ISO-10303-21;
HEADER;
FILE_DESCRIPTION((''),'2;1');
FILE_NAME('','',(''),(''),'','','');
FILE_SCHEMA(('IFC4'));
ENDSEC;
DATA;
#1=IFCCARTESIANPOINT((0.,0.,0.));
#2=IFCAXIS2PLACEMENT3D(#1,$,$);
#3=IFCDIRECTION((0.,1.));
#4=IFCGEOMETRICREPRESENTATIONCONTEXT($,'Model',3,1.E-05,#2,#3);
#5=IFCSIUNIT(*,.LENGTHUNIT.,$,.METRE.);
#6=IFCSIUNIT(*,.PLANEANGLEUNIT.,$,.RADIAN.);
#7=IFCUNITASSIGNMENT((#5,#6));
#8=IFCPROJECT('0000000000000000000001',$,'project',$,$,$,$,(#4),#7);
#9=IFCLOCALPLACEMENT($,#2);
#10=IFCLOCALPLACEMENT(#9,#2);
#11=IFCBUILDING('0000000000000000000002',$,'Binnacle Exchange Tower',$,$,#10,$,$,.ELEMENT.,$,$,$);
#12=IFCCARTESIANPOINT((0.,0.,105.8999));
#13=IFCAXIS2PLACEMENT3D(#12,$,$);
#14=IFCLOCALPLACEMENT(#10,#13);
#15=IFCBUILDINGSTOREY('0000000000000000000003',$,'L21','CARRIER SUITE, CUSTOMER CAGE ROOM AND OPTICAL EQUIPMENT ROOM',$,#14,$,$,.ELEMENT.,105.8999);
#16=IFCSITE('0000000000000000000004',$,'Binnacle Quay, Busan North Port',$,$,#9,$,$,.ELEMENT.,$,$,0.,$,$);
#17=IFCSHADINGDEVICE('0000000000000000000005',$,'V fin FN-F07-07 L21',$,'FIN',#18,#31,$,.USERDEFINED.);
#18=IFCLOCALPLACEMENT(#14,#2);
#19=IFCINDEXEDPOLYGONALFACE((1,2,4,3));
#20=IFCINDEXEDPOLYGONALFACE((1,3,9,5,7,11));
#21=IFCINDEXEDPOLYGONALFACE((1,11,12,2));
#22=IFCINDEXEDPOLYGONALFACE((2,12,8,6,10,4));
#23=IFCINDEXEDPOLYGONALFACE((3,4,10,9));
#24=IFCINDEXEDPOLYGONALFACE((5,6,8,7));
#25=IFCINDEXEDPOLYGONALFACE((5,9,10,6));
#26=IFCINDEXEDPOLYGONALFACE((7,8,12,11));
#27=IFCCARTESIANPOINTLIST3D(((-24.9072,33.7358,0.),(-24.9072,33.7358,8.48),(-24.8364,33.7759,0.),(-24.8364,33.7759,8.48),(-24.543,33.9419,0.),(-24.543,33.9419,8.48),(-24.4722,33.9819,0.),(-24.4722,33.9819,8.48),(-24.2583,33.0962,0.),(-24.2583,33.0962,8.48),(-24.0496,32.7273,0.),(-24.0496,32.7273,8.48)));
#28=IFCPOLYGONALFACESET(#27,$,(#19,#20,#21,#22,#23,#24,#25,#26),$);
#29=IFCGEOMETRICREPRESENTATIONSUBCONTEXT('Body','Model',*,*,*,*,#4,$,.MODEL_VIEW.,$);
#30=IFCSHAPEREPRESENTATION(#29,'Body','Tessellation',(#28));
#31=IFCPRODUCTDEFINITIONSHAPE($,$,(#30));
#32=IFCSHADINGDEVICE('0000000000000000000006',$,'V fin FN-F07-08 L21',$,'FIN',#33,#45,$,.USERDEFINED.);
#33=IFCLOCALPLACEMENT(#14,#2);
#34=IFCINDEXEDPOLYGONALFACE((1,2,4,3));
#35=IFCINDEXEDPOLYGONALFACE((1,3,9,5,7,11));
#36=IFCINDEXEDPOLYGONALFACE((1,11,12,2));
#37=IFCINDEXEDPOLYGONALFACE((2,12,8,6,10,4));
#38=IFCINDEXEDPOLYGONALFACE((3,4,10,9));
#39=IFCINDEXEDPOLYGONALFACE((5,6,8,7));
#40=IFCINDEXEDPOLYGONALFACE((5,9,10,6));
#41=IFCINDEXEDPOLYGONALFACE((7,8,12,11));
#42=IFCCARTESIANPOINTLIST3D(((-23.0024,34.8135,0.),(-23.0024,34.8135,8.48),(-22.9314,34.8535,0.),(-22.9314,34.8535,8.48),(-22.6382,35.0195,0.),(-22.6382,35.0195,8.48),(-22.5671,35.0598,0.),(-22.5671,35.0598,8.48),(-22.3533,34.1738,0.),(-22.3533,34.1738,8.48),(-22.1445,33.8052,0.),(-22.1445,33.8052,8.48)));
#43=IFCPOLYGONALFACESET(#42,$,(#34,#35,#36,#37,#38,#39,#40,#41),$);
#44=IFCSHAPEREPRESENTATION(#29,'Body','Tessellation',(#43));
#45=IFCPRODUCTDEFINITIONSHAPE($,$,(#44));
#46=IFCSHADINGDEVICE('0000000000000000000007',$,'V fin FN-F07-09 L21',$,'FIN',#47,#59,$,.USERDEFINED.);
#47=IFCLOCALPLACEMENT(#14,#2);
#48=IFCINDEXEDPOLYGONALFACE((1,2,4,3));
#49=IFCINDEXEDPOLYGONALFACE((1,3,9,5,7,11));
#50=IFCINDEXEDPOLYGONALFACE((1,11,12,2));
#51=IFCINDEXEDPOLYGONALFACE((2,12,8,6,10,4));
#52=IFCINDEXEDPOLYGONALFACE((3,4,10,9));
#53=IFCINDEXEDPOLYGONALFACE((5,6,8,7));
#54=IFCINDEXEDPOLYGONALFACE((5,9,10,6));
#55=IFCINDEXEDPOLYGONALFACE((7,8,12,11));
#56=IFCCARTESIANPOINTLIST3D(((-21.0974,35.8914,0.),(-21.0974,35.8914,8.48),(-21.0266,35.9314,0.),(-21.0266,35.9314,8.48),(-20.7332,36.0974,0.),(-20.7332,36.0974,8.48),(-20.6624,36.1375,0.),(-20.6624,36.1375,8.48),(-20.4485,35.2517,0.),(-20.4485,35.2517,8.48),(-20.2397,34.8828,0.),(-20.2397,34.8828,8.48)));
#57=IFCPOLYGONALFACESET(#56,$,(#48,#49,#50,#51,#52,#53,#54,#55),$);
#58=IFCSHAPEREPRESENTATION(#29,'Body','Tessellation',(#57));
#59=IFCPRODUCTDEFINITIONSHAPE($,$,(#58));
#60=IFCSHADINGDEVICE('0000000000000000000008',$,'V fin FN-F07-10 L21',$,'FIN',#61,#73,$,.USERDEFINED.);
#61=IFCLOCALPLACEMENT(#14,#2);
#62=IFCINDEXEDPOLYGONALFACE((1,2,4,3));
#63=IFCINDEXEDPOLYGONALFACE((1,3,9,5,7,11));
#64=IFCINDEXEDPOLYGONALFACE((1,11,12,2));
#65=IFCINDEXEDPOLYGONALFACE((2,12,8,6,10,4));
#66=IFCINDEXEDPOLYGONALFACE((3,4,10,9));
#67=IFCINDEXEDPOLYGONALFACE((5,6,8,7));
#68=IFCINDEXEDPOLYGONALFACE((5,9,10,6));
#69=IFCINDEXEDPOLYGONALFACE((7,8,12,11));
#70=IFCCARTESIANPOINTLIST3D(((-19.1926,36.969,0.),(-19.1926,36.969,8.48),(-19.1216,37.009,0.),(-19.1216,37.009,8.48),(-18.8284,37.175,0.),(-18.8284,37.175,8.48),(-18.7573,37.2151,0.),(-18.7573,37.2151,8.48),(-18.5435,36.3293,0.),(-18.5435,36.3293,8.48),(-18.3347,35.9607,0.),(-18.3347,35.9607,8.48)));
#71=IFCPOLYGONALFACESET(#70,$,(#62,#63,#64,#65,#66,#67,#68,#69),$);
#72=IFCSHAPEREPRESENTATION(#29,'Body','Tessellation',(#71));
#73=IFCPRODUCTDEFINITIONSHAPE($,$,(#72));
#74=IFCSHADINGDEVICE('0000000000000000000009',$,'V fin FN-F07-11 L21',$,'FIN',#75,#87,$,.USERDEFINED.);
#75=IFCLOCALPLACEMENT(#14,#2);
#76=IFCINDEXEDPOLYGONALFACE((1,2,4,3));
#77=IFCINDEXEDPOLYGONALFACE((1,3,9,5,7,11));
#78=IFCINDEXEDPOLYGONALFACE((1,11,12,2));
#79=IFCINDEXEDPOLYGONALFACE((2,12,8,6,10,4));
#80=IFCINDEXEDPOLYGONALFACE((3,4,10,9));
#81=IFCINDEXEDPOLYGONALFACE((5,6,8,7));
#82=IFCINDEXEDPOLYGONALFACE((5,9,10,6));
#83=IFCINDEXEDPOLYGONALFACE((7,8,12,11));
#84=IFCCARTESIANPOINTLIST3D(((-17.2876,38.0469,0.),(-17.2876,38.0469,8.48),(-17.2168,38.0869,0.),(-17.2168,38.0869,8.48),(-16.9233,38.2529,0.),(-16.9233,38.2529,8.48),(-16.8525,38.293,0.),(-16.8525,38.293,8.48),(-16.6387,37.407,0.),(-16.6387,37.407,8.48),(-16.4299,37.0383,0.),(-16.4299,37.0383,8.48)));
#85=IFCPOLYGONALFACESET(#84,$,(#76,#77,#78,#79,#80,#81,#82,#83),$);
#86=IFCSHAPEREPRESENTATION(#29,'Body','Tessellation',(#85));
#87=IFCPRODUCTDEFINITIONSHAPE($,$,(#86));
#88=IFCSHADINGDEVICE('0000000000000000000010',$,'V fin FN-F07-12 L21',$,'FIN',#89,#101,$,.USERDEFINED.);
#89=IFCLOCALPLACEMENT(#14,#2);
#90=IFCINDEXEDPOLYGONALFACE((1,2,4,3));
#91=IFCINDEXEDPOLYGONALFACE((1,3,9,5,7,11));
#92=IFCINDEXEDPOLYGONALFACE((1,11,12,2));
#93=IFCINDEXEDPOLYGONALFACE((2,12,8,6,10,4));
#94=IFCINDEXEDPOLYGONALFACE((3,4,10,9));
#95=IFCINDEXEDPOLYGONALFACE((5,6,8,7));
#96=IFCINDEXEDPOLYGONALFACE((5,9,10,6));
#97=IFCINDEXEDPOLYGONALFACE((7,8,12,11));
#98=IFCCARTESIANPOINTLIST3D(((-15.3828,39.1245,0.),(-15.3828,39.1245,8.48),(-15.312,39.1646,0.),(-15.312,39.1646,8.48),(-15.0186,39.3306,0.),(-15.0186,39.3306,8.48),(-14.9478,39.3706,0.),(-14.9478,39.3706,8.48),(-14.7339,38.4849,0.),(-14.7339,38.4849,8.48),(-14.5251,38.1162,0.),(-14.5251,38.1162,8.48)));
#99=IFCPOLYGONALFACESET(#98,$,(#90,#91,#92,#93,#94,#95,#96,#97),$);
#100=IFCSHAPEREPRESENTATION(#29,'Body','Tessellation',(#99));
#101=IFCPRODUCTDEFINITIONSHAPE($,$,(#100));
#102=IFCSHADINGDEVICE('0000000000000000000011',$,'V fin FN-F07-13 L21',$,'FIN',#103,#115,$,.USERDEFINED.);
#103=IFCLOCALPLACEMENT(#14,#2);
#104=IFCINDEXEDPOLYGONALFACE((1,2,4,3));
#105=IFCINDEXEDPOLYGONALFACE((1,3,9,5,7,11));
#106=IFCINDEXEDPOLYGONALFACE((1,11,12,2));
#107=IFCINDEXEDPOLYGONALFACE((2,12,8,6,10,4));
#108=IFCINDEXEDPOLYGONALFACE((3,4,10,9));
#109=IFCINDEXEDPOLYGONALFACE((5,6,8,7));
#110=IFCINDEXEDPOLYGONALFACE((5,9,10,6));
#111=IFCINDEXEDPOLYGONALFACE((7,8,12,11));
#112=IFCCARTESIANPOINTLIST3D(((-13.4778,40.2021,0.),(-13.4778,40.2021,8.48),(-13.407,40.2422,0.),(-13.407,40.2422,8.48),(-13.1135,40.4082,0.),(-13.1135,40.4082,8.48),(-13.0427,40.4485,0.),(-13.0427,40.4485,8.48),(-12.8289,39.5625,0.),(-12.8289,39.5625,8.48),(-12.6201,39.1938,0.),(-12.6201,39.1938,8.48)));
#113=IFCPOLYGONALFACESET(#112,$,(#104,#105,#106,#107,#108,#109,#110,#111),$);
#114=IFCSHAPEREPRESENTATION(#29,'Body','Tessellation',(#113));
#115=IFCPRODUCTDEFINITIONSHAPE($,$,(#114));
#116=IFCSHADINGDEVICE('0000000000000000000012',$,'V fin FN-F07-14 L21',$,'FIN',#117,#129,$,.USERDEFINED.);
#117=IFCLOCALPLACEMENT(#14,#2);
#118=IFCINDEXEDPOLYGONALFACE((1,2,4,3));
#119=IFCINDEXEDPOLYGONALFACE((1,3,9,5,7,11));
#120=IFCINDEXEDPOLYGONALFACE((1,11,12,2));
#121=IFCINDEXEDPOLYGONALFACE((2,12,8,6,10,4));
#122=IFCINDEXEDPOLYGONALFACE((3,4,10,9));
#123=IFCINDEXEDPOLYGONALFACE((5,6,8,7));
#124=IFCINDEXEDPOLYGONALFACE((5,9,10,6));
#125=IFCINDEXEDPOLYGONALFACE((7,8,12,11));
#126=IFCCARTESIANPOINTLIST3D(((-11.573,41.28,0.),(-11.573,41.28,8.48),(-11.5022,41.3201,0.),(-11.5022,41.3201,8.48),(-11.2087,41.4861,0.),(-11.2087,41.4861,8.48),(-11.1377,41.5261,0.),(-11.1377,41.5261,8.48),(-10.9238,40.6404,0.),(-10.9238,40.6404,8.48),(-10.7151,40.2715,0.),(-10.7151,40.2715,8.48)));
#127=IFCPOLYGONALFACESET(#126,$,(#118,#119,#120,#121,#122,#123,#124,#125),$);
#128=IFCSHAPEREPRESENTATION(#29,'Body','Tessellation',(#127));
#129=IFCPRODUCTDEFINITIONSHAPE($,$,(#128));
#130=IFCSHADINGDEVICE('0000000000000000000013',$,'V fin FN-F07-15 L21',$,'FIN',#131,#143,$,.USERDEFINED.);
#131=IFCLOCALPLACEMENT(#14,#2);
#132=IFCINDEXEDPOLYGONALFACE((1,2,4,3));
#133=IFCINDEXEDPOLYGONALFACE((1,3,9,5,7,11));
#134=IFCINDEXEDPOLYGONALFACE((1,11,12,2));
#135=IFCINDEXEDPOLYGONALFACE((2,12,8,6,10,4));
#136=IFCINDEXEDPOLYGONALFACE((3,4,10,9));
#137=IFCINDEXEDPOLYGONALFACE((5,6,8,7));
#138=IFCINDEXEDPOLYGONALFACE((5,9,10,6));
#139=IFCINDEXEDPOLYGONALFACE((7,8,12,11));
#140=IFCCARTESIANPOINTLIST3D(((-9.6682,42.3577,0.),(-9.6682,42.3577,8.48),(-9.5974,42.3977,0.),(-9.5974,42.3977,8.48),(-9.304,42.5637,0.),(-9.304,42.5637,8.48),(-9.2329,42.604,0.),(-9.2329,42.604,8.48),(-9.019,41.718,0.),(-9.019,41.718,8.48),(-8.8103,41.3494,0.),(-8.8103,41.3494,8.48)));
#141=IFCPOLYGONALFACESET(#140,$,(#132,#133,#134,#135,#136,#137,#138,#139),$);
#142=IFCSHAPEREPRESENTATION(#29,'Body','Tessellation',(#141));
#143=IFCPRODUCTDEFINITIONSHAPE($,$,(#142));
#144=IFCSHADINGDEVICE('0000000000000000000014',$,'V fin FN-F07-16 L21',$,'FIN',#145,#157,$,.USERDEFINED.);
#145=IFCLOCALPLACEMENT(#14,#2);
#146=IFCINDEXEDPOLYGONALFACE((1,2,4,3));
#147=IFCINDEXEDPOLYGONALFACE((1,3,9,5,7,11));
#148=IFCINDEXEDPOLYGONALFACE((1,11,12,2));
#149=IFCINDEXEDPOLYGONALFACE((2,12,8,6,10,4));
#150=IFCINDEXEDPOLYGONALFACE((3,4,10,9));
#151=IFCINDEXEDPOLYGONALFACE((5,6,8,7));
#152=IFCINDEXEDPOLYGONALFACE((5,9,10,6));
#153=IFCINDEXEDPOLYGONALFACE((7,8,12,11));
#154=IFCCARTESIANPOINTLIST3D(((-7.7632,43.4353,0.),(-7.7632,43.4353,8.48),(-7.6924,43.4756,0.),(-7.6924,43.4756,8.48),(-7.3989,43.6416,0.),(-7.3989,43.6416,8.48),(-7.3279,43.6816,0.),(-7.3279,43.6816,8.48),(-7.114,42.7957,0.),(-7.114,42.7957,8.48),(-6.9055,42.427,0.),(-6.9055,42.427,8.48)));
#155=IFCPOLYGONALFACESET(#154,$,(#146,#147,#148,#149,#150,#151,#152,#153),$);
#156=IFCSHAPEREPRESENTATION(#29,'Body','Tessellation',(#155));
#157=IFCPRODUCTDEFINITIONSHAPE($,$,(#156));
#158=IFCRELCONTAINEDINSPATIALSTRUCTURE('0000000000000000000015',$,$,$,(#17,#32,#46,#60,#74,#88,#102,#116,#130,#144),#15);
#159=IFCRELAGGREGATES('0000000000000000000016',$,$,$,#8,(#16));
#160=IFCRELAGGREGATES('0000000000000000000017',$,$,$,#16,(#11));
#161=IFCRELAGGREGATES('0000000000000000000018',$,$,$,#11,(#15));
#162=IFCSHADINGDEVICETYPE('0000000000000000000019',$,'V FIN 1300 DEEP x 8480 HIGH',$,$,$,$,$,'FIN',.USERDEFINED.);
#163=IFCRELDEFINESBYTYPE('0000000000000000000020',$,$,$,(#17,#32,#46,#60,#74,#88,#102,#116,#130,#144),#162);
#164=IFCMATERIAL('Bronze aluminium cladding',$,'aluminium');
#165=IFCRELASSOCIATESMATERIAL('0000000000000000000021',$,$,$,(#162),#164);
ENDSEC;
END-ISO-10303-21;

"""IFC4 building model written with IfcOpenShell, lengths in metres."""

from ifc_helpers import new_model, si_unit, direction, frame, origin, place, context, subcontext, project, spatial, polyline, outline, extrude, material, type_object, element, save


model = new_model("IFC4")

# Units and contexts
model_context = context("Model", 3, precision=1e-05, world=origin(), true_north=direction((0.0, 1.0)))
body_context = subcontext(model_context, "Body", "Model", "MODEL_VIEW")
ifc_project = project(units=[si_unit("LENGTHUNIT", "METRE"), si_unit("PLANEANGLEUNIT", "RADIAN")], contexts=[model_context])

# Site, building, storey
site_placement = place(None, origin())
site = spatial("IfcSite", under=ifc_project, at=site_placement, Name="Binnacle Quay, Busan North Port", CompositionType="ELEMENT", RefElevation=0.0)
building_placement = place(site_placement, origin())
building = spatial("IfcBuilding", under=site, at=building_placement, Name="Binnacle Exchange Tower", CompositionType="ELEMENT")
storey_placement = place(building_placement, frame((0.0, 0.0, 105.8999)))
storey = spatial("IfcBuildingStorey", under=building, at=storey_placement, Name="L21", Description="CARRIER SUITE, CUSTOMER CAGE ROOM AND OPTICAL EQUIPMENT ROOM", CompositionType="ELEMENT", Elevation=105.8999)

# Shading devices
ifc_material = material(Name="Bronze aluminium cladding", Category="aluminium")
shading_device_type = type_object("IfcShadingDeviceType", Name="V FIN 1300 DEEP x 8480 HIGH", ElementType="FIN", PredefinedType="USERDEFINED", material=ifc_material)
shading_device_1_placement = place(storey_placement, origin())
element("IfcShadingDevice", 1, at=shading_device_1_placement, inside=storey, type_object=shading_device_type, Name="V fin FN-F07-07 L21", ObjectType="FIN", PredefinedType="USERDEFINED", context=body_context, shape_type="SweptSolid", body=[
    extrude(outline(polyline([(-24.9072, 33.7358), (-24.0496, 32.7273), (-24.4722, 33.9819), (-24.543, 33.9419), (-24.2583, 33.0962), (-24.8364, 33.7759), (-24.9072, 33.7358)])), origin(), (0.0, 0.0, 1.0), 8.48),
])
shading_device_2_placement = place(storey_placement, origin())
element("IfcShadingDevice", 2, at=shading_device_2_placement, inside=storey, type_object=shading_device_type, Name="V fin FN-F07-08 L21", ObjectType="FIN", PredefinedType="USERDEFINED", context=body_context, shape_type="SweptSolid", body=[
    extrude(outline(polyline([(-23.0024, 34.8135), (-22.1445, 33.8052), (-22.5671, 35.0598), (-22.6382, 35.0195), (-22.3533, 34.1738), (-22.9314, 34.8535), (-23.0024, 34.8135)])), origin(), (0.0, 0.0, 1.0), 8.48),
])
shading_device_3_placement = place(storey_placement, origin())
element("IfcShadingDevice", 3, at=shading_device_3_placement, inside=storey, type_object=shading_device_type, Name="V fin FN-F07-09 L21", ObjectType="FIN", PredefinedType="USERDEFINED", context=body_context, shape_type="SweptSolid", body=[
    extrude(outline(polyline([(-21.0974, 35.8914), (-20.2397, 34.8828), (-20.6624, 36.1375), (-20.7332, 36.0974), (-20.4485, 35.2517), (-21.0266, 35.9314), (-21.0974, 35.8914)])), origin(), (0.0, 0.0, 1.0), 8.48),
])
shading_device_4_placement = place(storey_placement, origin())
element("IfcShadingDevice", 4, at=shading_device_4_placement, inside=storey, type_object=shading_device_type, Name="V fin FN-F07-10 L21", ObjectType="FIN", PredefinedType="USERDEFINED", context=body_context, shape_type="SweptSolid", body=[
    extrude(outline(polyline([(-19.1926, 36.969), (-18.3347, 35.9607), (-18.7573, 37.2151), (-18.8284, 37.175), (-18.5435, 36.3293), (-19.1216, 37.009), (-19.1926, 36.969)])), origin(), (0.0, 0.0, 1.0), 8.48),
])
shading_device_5_placement = place(storey_placement, origin())
element("IfcShadingDevice", 5, at=shading_device_5_placement, inside=storey, type_object=shading_device_type, Name="V fin FN-F07-11 L21", ObjectType="FIN", PredefinedType="USERDEFINED", context=body_context, shape_type="SweptSolid", body=[
    extrude(outline(polyline([(-17.2876, 38.0469), (-16.4299, 37.0383), (-16.8525, 38.293), (-16.9233, 38.2529), (-16.6387, 37.407), (-17.2168, 38.0869), (-17.2876, 38.0469)])), origin(), (0.0, 0.0, 1.0), 8.48),
])
shading_device_6_placement = place(storey_placement, origin())
element("IfcShadingDevice", 6, at=shading_device_6_placement, inside=storey, type_object=shading_device_type, Name="V fin FN-F07-12 L21", ObjectType="FIN", PredefinedType="USERDEFINED", context=body_context, shape_type="SweptSolid", body=[
    extrude(outline(polyline([(-15.3828, 39.1245), (-14.5251, 38.1162), (-14.9478, 39.3706), (-15.0186, 39.3306), (-14.7339, 38.4849), (-15.312, 39.1646), (-15.3828, 39.1245)])), origin(), (0.0, 0.0, 1.0), 8.48),
])
shading_device_7_placement = place(storey_placement, origin())
element("IfcShadingDevice", 7, at=shading_device_7_placement, inside=storey, type_object=shading_device_type, Name="V fin FN-F07-13 L21", ObjectType="FIN", PredefinedType="USERDEFINED", context=body_context, shape_type="SweptSolid", body=[
    extrude(outline(polyline([(-13.4778, 40.2021), (-12.6201, 39.1938), (-13.0427, 40.4485), (-13.1135, 40.4082), (-12.8289, 39.5625), (-13.407, 40.2422), (-13.4778, 40.2021)])), origin(), (0.0, 0.0, 1.0), 8.48),
])
shading_device_8_placement = place(storey_placement, origin())
element("IfcShadingDevice", 8, at=shading_device_8_placement, inside=storey, type_object=shading_device_type, Name="V fin FN-F07-14 L21", ObjectType="FIN", PredefinedType="USERDEFINED", context=body_context, shape_type="SweptSolid", body=[
    extrude(outline(polyline([(-11.573, 41.28), (-10.7151, 40.2715), (-11.1377, 41.5261), (-11.2087, 41.4861), (-10.9238, 40.6404), (-11.5022, 41.3201), (-11.573, 41.28)])), origin(), (0.0, 0.0, 1.0), 8.48),
])
shading_device_9_placement = place(storey_placement, origin())
element("IfcShadingDevice", 9, at=shading_device_9_placement, inside=storey, type_object=shading_device_type, Name="V fin FN-F07-15 L21", ObjectType="FIN", PredefinedType="USERDEFINED", context=body_context, shape_type="SweptSolid", body=[
    extrude(outline(polyline([(-9.6682, 42.3577), (-8.8103, 41.3494), (-9.2329, 42.604), (-9.304, 42.5637), (-9.019, 41.718), (-9.5974, 42.3977), (-9.6682, 42.3577)])), origin(), (0.0, 0.0, 1.0), 8.48),
])
shading_device_10_placement = place(storey_placement, origin())
element("IfcShadingDevice", 10, at=shading_device_10_placement, inside=storey, type_object=shading_device_type, Name="V fin FN-F07-16 L21", ObjectType="FIN", PredefinedType="USERDEFINED", context=body_context, shape_type="SweptSolid", body=[
    extrude(outline(polyline([(-7.7632, 43.4353), (-6.9055, 42.427), (-7.3279, 43.6816), (-7.3989, 43.6416), (-7.114, 42.7957), (-7.6924, 43.4756), (-7.7632, 43.4353)])), origin(), (0.0, 0.0, 1.0), 8.48),
])

save(model, "model.ifc")
